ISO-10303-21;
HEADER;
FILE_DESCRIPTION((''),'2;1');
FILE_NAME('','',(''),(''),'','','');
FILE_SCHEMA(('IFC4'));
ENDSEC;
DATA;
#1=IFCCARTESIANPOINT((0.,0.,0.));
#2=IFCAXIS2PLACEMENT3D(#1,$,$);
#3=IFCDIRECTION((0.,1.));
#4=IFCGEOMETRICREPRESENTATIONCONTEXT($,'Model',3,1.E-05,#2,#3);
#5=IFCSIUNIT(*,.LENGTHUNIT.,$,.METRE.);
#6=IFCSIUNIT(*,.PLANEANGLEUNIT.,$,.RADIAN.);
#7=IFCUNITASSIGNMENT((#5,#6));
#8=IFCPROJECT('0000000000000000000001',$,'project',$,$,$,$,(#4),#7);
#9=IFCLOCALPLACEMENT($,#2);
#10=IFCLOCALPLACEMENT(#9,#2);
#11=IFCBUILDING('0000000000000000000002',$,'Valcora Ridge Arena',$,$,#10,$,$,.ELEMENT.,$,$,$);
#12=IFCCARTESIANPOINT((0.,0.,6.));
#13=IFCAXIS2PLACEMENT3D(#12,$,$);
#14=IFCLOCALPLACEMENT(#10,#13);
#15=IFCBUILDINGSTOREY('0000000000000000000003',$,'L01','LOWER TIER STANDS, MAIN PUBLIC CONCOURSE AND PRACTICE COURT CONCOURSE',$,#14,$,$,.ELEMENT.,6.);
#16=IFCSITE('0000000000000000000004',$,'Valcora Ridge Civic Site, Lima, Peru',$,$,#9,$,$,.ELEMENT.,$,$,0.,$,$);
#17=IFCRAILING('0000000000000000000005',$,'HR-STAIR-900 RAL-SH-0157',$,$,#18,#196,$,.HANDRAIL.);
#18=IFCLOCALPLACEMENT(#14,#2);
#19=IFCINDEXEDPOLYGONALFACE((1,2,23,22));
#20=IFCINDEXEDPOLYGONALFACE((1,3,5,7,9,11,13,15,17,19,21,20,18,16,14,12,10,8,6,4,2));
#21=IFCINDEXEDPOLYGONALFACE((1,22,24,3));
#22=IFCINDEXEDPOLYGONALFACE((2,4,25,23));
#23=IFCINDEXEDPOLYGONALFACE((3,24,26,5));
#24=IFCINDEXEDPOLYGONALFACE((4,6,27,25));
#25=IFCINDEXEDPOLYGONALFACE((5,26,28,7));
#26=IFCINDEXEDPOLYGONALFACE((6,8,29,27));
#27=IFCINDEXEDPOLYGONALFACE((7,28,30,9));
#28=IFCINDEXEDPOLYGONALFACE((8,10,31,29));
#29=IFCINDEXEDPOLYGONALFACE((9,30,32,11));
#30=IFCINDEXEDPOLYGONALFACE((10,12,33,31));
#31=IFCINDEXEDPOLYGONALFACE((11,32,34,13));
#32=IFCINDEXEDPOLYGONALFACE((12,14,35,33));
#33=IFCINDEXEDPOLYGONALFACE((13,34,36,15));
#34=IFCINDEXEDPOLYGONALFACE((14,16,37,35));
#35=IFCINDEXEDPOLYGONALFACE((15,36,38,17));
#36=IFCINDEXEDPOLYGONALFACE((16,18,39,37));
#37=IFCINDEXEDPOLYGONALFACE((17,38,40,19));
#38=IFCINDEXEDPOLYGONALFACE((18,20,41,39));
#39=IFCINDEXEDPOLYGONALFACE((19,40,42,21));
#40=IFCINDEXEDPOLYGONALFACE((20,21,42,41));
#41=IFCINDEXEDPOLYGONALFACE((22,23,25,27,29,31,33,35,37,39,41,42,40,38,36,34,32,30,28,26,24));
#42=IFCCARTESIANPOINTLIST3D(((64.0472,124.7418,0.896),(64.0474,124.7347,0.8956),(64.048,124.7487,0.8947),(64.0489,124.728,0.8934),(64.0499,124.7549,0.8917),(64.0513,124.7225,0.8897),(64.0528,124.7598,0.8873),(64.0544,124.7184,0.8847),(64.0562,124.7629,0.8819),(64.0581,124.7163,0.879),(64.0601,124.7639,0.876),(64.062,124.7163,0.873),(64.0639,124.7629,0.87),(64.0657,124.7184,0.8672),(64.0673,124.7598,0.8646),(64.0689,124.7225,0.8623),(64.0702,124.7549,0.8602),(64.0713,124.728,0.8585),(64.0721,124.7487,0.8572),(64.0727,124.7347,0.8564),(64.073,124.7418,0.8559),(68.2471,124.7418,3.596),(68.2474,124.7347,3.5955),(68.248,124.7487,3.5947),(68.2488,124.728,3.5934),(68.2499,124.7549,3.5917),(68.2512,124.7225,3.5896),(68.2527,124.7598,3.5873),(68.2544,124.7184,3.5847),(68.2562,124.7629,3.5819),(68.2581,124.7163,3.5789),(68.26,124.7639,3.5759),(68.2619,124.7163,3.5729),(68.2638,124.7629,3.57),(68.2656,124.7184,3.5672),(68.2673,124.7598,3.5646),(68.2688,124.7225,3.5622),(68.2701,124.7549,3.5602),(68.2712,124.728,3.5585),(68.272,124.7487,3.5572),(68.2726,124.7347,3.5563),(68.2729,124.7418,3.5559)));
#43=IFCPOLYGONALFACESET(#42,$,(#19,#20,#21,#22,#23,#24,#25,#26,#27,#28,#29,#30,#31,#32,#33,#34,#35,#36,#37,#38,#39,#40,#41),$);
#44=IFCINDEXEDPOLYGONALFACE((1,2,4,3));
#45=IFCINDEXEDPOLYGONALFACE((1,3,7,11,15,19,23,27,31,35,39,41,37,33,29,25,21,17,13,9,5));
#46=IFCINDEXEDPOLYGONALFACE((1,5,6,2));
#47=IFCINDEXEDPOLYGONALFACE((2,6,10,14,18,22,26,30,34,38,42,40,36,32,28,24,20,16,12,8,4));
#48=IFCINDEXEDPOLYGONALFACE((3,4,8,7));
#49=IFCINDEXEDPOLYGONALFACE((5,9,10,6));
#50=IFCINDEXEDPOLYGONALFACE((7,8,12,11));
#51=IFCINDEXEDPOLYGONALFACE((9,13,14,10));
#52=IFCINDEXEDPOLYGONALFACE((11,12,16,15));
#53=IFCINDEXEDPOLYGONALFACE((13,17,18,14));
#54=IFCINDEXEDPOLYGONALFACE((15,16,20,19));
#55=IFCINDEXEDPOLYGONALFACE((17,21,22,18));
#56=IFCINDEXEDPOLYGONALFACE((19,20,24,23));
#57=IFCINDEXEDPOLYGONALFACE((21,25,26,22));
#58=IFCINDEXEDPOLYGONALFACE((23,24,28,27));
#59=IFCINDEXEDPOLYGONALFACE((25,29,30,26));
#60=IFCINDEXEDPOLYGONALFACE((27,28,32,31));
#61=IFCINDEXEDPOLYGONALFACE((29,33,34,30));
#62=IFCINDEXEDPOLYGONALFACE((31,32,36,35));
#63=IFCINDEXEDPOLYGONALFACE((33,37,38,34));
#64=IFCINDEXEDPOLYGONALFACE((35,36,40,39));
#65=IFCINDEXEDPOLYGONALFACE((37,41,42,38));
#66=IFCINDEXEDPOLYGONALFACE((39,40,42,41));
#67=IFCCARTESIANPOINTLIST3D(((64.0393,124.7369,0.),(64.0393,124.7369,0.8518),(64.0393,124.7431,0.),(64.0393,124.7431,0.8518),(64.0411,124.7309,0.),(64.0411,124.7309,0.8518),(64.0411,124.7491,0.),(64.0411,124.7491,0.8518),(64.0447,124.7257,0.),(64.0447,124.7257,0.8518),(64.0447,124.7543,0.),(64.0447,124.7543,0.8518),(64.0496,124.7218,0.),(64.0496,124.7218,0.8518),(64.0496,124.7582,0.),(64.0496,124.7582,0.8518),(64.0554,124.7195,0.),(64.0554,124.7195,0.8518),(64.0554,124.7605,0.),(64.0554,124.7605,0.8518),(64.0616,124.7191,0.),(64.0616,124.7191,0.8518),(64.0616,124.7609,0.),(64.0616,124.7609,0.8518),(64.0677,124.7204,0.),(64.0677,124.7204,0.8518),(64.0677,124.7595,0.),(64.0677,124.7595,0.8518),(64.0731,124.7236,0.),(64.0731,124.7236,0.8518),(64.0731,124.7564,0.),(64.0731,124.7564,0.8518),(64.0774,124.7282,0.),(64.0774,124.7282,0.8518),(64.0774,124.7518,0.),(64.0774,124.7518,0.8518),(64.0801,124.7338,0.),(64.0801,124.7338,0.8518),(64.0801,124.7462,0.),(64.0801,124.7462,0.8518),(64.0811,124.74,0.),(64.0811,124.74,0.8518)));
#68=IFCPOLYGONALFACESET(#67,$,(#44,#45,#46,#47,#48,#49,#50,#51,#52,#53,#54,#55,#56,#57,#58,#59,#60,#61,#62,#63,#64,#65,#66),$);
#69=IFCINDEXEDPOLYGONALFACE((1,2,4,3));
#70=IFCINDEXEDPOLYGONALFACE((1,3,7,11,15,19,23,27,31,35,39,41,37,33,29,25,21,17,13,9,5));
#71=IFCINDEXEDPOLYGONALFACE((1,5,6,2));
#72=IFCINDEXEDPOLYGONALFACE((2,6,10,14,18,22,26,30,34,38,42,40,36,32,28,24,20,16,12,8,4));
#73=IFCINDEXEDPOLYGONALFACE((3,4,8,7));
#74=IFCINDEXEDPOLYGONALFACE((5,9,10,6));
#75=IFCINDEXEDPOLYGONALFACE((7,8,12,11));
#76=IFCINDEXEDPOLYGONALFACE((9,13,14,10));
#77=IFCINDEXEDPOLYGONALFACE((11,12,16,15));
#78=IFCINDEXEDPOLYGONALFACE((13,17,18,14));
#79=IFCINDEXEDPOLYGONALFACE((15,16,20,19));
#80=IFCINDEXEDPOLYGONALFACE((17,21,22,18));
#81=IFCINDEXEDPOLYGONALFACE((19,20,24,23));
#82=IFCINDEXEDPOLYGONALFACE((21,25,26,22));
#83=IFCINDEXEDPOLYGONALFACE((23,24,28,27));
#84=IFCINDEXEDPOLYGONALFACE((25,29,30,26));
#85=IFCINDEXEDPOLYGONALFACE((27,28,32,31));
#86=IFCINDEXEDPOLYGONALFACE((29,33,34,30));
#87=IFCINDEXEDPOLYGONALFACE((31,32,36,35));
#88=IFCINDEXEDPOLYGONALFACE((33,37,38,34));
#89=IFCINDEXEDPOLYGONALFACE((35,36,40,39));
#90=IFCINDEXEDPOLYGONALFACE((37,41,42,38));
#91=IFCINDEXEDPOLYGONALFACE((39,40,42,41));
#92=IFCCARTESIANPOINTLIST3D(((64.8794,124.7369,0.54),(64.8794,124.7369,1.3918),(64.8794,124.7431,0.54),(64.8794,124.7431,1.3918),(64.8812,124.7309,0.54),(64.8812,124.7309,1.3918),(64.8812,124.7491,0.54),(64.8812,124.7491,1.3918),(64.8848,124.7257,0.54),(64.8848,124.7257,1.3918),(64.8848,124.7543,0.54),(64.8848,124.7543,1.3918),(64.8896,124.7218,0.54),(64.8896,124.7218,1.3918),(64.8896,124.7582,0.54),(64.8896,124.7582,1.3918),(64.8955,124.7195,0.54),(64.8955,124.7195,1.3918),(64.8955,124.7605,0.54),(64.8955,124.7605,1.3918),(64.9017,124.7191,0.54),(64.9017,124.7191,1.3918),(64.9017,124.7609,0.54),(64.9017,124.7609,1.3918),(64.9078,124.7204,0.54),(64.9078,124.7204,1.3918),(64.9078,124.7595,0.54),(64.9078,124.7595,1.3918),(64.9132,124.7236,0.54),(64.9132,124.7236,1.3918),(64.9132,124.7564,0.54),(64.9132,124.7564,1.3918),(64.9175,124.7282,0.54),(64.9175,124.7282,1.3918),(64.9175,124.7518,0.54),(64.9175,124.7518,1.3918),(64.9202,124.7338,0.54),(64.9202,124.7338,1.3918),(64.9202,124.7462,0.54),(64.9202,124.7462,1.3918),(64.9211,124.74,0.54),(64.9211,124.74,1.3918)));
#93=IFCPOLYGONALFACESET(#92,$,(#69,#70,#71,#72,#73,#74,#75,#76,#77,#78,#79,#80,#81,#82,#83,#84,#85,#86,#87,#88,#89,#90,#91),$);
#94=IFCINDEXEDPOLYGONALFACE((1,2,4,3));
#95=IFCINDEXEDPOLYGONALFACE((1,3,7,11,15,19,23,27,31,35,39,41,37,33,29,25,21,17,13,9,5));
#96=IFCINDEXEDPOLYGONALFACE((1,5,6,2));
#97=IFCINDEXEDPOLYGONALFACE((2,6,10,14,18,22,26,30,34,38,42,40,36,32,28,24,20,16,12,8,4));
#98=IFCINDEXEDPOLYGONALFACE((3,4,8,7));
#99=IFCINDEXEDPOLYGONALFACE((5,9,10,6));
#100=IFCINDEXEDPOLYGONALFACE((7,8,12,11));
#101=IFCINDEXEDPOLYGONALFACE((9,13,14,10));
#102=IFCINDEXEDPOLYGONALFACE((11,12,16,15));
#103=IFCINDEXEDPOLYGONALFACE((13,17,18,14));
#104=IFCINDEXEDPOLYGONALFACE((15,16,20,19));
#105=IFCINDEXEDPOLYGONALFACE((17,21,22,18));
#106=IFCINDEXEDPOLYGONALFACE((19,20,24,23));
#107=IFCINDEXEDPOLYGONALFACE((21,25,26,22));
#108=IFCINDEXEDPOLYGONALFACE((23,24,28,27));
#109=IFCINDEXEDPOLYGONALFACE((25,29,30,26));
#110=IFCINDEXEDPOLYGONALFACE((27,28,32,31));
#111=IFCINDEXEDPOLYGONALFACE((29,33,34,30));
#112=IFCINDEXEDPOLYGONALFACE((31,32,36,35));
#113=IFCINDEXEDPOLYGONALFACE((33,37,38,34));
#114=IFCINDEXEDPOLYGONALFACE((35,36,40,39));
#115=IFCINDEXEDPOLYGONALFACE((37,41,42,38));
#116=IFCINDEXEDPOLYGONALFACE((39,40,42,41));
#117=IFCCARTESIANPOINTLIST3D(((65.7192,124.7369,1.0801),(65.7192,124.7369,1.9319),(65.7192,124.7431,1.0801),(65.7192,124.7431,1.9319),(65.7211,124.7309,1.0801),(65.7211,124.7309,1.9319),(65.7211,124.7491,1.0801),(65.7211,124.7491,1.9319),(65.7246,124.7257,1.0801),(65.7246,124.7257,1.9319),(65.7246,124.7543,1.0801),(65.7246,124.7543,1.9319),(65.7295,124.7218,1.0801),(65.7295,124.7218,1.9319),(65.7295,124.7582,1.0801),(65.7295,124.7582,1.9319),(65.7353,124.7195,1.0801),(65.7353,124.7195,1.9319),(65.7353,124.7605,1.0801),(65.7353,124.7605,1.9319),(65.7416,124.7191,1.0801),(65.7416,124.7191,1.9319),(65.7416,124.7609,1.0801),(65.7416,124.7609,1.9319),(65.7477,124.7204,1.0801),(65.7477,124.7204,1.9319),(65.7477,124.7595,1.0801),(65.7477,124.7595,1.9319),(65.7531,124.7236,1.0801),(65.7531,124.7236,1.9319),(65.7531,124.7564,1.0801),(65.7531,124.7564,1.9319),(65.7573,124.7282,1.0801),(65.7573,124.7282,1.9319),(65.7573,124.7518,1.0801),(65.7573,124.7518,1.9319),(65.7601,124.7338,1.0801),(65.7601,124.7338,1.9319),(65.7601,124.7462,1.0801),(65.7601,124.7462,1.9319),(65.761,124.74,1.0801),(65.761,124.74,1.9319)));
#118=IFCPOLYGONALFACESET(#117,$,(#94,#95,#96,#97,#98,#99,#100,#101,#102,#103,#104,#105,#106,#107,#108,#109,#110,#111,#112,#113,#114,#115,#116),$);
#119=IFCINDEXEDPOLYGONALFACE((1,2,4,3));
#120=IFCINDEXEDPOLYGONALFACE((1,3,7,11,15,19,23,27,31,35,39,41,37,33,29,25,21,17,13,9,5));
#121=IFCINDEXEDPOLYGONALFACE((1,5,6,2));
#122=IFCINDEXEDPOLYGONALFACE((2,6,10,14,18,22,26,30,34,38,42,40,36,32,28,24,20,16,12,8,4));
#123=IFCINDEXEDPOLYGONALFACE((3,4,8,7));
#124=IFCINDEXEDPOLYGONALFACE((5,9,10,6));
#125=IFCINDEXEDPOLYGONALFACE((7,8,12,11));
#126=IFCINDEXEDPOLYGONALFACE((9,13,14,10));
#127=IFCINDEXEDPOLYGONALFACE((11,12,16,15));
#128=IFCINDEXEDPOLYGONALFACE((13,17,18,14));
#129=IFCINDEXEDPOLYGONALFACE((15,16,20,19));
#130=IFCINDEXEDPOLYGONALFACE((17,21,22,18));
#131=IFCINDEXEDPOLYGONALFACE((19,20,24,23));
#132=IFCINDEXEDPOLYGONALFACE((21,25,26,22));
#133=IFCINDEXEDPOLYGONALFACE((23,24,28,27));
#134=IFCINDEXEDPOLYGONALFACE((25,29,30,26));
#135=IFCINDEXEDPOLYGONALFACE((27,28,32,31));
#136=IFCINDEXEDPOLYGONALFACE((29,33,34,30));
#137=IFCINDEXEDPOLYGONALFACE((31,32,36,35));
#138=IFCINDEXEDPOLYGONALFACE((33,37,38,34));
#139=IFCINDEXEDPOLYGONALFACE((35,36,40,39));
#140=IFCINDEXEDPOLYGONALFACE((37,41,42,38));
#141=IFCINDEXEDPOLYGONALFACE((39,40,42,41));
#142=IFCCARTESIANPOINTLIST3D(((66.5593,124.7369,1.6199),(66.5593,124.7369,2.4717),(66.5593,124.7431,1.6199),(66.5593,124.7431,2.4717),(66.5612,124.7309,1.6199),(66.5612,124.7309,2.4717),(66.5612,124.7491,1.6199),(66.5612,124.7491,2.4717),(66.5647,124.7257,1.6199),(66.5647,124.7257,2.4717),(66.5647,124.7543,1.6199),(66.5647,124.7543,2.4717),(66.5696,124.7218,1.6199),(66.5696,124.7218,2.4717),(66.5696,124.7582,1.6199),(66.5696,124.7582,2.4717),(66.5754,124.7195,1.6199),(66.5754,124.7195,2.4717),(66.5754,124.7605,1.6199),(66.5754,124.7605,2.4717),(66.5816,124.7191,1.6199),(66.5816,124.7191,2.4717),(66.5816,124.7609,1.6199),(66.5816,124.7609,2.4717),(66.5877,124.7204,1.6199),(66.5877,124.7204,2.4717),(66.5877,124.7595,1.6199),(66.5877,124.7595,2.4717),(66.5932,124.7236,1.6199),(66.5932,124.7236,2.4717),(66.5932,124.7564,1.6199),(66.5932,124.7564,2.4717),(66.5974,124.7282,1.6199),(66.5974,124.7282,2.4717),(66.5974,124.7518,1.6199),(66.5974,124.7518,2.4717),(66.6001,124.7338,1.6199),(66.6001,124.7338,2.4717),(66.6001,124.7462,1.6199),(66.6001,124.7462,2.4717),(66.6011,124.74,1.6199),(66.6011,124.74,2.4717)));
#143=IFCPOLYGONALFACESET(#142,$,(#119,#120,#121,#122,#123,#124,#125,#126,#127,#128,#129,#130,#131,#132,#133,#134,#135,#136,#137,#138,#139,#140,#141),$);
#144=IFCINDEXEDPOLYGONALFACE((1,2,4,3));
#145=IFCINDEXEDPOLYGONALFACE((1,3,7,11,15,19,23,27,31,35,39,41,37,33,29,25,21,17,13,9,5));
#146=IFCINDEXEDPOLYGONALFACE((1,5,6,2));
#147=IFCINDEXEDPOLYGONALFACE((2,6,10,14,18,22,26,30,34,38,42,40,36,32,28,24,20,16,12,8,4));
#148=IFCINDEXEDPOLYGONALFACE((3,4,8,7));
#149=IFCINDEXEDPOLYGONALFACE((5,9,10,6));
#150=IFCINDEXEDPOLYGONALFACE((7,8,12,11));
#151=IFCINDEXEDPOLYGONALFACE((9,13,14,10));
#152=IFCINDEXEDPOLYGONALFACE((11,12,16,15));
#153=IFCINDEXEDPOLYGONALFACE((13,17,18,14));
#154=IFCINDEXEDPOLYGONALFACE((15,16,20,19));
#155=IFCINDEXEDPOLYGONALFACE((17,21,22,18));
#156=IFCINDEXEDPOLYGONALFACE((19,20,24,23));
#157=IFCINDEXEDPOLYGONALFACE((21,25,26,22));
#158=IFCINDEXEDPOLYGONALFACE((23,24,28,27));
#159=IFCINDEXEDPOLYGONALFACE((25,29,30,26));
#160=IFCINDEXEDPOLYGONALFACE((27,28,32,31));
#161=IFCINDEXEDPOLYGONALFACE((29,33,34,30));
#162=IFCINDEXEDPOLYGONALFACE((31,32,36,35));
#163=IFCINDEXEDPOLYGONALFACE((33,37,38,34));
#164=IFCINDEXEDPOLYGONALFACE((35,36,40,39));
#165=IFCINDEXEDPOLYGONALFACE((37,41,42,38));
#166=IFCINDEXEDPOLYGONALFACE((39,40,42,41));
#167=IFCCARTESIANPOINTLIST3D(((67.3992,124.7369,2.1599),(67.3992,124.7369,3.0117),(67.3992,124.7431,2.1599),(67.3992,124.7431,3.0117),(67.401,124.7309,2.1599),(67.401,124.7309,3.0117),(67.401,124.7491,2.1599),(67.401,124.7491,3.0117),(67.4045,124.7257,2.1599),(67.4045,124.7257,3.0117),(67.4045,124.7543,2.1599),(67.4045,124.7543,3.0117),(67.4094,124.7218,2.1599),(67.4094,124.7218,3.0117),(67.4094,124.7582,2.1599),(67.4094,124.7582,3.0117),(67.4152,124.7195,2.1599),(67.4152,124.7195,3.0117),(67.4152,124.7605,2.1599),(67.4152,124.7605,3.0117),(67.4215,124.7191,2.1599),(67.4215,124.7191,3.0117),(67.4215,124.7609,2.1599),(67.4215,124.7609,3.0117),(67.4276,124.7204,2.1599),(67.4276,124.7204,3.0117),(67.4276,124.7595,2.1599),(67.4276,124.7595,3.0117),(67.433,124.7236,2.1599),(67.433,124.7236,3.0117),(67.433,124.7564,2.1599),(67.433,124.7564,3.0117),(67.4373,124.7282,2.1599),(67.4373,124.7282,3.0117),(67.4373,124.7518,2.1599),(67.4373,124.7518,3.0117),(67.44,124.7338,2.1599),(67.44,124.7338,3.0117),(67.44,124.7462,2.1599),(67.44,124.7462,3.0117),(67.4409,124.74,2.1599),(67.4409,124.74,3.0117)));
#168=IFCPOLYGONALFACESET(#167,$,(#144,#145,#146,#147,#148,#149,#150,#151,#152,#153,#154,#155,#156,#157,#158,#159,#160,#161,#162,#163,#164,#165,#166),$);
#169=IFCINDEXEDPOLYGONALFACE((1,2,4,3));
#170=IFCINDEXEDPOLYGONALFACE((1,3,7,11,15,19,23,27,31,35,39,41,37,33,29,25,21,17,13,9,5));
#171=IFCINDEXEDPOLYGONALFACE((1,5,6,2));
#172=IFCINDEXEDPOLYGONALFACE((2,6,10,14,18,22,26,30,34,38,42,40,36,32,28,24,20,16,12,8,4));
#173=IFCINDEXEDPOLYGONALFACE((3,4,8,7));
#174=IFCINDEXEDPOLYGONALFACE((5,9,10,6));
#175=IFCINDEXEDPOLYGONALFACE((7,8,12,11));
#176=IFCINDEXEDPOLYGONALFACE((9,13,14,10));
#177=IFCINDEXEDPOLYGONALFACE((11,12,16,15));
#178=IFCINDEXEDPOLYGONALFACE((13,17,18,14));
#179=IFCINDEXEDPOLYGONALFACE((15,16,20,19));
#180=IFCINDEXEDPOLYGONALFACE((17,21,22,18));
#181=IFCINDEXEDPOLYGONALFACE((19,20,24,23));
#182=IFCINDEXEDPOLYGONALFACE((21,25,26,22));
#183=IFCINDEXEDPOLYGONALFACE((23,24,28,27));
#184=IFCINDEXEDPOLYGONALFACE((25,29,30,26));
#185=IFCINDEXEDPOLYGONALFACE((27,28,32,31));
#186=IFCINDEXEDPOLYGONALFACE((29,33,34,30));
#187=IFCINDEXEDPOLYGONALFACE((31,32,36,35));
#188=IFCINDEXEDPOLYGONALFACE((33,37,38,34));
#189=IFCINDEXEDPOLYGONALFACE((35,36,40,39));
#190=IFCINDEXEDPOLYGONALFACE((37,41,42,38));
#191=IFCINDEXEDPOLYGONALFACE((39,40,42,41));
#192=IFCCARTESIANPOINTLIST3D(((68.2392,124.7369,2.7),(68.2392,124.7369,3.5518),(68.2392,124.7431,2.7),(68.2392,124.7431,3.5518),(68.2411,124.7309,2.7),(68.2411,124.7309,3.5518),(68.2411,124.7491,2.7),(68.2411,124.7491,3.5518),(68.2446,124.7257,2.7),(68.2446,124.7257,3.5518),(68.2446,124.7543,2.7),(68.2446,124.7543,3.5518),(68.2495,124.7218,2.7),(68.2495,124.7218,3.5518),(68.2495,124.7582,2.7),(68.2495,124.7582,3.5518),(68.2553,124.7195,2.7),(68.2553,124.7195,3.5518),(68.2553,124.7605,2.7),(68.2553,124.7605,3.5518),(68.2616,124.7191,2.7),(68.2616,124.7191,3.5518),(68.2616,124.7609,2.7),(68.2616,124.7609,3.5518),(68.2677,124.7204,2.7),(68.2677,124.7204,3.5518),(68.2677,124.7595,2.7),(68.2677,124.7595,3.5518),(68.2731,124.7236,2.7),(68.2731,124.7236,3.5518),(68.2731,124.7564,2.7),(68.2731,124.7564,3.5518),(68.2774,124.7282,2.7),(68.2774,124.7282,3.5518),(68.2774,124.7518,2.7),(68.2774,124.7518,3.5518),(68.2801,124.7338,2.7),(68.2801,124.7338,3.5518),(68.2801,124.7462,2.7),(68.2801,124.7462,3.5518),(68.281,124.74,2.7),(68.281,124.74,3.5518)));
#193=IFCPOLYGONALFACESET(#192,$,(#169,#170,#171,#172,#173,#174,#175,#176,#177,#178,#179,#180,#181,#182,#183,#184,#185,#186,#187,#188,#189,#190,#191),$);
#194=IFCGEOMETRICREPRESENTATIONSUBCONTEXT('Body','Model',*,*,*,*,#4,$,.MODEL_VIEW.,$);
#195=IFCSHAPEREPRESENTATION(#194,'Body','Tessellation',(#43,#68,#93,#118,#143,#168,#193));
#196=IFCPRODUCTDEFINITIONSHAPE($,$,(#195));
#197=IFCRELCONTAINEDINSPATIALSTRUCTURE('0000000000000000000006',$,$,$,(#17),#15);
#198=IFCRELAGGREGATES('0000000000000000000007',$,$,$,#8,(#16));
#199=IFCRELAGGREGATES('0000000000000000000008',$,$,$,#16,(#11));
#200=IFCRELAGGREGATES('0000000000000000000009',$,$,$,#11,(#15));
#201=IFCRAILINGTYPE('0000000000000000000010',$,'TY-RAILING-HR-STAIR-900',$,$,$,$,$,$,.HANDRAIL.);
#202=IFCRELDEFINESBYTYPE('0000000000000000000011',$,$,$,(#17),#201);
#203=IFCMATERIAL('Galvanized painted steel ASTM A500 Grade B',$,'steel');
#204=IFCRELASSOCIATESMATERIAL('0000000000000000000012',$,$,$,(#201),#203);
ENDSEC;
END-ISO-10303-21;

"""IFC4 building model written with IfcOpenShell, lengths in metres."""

from ifc_helpers import new_model, si_unit, direction, frame, origin, origin_2d, place, context, subcontext, project, spatial, circle, extrude, material, type_object, element, save


model = new_model("IFC4")

# Units and contexts
model_context = context("Model", 3, precision=1e-05, world=origin(), true_north=direction((0.0, 1.0)))
body_context = subcontext(model_context, "Body", "Model", "MODEL_VIEW")
ifc_project = project(units=[si_unit("LENGTHUNIT", "METRE"), si_unit("PLANEANGLEUNIT", "RADIAN")], contexts=[model_context])

# Site, building, storey
site_placement = place(None, origin())
site = spatial("IfcSite", under=ifc_project, at=site_placement, Name="Valcora Ridge Civic Site, Lima, Peru", CompositionType="ELEMENT", RefElevation=0.0)
building_placement = place(site_placement, origin())
building = spatial("IfcBuilding", under=site, at=building_placement, Name="Valcora Ridge Arena", CompositionType="ELEMENT")
storey_placement = place(building_placement, frame((0.0, 0.0, 6.0)))
storey = spatial("IfcBuildingStorey", under=building, at=storey_placement, Name="L01", Description="LOWER TIER STANDS, MAIN PUBLIC CONCOURSE AND PRACTICE COURT CONCOURSE", CompositionType="ELEMENT", Elevation=6.0)

# Railing
ifc_material_1 = material(Name="Galvanized painted steel ASTM A500 Grade B", Category="steel")
railing_type_1 = type_object("IfcRailingType", Name="TY-RAILING-HR-STAIR-900", PredefinedType="HANDRAIL", material=ifc_material_1)
railing_1_placement = place(storey_placement, frame((64.0601, 124.74, 0.0)))
element("IfcRailing", 1, at=railing_1_placement, inside=storey, type_object=railing_type_1, Name="HR-STAIR-900 RAL-SH-0157", PredefinedType="HANDRAIL", context=body_context, shape_type="SweptSolid", body=[
    extrude(circle(Radius=0.0239, at=origin_2d()), frame((0.0, 0.0, 0.876), z_axis=(0.84118, 0.0, 0.540755), x_axis=(0.0, 1.0, 0.0)), (0.0, 0.0, 1.0), 4.9929),
    extrude(circle(Radius=0.021, at=origin_2d()), origin(), (0.0, 0.0, 1.0), 0.8518),
    extrude(circle(Radius=0.021, at=origin_2d()), frame((0.8401, 0.0, 0.54)), (0.0, 0.0, 1.0), 0.8518),
    extrude(circle(Radius=0.021, at=origin_2d()), frame((1.6799, 0.0, 1.0801)), (0.0, 0.0, 1.0), 0.8518),
    extrude(circle(Radius=0.021, at=origin_2d()), frame((2.52, 0.0, 1.6199)), (0.0, 0.0, 1.0), 0.8518),
    extrude(circle(Radius=0.021, at=origin_2d()), frame((3.3599, 0.0, 2.1599)), (0.0, 0.0, 1.0), 0.8518),
    extrude(circle(Radius=0.021, at=origin_2d()), frame((4.2, 0.0, 2.7)), (0.0, 0.0, 1.0), 0.8518),
])

save(model, "model.ifc")
